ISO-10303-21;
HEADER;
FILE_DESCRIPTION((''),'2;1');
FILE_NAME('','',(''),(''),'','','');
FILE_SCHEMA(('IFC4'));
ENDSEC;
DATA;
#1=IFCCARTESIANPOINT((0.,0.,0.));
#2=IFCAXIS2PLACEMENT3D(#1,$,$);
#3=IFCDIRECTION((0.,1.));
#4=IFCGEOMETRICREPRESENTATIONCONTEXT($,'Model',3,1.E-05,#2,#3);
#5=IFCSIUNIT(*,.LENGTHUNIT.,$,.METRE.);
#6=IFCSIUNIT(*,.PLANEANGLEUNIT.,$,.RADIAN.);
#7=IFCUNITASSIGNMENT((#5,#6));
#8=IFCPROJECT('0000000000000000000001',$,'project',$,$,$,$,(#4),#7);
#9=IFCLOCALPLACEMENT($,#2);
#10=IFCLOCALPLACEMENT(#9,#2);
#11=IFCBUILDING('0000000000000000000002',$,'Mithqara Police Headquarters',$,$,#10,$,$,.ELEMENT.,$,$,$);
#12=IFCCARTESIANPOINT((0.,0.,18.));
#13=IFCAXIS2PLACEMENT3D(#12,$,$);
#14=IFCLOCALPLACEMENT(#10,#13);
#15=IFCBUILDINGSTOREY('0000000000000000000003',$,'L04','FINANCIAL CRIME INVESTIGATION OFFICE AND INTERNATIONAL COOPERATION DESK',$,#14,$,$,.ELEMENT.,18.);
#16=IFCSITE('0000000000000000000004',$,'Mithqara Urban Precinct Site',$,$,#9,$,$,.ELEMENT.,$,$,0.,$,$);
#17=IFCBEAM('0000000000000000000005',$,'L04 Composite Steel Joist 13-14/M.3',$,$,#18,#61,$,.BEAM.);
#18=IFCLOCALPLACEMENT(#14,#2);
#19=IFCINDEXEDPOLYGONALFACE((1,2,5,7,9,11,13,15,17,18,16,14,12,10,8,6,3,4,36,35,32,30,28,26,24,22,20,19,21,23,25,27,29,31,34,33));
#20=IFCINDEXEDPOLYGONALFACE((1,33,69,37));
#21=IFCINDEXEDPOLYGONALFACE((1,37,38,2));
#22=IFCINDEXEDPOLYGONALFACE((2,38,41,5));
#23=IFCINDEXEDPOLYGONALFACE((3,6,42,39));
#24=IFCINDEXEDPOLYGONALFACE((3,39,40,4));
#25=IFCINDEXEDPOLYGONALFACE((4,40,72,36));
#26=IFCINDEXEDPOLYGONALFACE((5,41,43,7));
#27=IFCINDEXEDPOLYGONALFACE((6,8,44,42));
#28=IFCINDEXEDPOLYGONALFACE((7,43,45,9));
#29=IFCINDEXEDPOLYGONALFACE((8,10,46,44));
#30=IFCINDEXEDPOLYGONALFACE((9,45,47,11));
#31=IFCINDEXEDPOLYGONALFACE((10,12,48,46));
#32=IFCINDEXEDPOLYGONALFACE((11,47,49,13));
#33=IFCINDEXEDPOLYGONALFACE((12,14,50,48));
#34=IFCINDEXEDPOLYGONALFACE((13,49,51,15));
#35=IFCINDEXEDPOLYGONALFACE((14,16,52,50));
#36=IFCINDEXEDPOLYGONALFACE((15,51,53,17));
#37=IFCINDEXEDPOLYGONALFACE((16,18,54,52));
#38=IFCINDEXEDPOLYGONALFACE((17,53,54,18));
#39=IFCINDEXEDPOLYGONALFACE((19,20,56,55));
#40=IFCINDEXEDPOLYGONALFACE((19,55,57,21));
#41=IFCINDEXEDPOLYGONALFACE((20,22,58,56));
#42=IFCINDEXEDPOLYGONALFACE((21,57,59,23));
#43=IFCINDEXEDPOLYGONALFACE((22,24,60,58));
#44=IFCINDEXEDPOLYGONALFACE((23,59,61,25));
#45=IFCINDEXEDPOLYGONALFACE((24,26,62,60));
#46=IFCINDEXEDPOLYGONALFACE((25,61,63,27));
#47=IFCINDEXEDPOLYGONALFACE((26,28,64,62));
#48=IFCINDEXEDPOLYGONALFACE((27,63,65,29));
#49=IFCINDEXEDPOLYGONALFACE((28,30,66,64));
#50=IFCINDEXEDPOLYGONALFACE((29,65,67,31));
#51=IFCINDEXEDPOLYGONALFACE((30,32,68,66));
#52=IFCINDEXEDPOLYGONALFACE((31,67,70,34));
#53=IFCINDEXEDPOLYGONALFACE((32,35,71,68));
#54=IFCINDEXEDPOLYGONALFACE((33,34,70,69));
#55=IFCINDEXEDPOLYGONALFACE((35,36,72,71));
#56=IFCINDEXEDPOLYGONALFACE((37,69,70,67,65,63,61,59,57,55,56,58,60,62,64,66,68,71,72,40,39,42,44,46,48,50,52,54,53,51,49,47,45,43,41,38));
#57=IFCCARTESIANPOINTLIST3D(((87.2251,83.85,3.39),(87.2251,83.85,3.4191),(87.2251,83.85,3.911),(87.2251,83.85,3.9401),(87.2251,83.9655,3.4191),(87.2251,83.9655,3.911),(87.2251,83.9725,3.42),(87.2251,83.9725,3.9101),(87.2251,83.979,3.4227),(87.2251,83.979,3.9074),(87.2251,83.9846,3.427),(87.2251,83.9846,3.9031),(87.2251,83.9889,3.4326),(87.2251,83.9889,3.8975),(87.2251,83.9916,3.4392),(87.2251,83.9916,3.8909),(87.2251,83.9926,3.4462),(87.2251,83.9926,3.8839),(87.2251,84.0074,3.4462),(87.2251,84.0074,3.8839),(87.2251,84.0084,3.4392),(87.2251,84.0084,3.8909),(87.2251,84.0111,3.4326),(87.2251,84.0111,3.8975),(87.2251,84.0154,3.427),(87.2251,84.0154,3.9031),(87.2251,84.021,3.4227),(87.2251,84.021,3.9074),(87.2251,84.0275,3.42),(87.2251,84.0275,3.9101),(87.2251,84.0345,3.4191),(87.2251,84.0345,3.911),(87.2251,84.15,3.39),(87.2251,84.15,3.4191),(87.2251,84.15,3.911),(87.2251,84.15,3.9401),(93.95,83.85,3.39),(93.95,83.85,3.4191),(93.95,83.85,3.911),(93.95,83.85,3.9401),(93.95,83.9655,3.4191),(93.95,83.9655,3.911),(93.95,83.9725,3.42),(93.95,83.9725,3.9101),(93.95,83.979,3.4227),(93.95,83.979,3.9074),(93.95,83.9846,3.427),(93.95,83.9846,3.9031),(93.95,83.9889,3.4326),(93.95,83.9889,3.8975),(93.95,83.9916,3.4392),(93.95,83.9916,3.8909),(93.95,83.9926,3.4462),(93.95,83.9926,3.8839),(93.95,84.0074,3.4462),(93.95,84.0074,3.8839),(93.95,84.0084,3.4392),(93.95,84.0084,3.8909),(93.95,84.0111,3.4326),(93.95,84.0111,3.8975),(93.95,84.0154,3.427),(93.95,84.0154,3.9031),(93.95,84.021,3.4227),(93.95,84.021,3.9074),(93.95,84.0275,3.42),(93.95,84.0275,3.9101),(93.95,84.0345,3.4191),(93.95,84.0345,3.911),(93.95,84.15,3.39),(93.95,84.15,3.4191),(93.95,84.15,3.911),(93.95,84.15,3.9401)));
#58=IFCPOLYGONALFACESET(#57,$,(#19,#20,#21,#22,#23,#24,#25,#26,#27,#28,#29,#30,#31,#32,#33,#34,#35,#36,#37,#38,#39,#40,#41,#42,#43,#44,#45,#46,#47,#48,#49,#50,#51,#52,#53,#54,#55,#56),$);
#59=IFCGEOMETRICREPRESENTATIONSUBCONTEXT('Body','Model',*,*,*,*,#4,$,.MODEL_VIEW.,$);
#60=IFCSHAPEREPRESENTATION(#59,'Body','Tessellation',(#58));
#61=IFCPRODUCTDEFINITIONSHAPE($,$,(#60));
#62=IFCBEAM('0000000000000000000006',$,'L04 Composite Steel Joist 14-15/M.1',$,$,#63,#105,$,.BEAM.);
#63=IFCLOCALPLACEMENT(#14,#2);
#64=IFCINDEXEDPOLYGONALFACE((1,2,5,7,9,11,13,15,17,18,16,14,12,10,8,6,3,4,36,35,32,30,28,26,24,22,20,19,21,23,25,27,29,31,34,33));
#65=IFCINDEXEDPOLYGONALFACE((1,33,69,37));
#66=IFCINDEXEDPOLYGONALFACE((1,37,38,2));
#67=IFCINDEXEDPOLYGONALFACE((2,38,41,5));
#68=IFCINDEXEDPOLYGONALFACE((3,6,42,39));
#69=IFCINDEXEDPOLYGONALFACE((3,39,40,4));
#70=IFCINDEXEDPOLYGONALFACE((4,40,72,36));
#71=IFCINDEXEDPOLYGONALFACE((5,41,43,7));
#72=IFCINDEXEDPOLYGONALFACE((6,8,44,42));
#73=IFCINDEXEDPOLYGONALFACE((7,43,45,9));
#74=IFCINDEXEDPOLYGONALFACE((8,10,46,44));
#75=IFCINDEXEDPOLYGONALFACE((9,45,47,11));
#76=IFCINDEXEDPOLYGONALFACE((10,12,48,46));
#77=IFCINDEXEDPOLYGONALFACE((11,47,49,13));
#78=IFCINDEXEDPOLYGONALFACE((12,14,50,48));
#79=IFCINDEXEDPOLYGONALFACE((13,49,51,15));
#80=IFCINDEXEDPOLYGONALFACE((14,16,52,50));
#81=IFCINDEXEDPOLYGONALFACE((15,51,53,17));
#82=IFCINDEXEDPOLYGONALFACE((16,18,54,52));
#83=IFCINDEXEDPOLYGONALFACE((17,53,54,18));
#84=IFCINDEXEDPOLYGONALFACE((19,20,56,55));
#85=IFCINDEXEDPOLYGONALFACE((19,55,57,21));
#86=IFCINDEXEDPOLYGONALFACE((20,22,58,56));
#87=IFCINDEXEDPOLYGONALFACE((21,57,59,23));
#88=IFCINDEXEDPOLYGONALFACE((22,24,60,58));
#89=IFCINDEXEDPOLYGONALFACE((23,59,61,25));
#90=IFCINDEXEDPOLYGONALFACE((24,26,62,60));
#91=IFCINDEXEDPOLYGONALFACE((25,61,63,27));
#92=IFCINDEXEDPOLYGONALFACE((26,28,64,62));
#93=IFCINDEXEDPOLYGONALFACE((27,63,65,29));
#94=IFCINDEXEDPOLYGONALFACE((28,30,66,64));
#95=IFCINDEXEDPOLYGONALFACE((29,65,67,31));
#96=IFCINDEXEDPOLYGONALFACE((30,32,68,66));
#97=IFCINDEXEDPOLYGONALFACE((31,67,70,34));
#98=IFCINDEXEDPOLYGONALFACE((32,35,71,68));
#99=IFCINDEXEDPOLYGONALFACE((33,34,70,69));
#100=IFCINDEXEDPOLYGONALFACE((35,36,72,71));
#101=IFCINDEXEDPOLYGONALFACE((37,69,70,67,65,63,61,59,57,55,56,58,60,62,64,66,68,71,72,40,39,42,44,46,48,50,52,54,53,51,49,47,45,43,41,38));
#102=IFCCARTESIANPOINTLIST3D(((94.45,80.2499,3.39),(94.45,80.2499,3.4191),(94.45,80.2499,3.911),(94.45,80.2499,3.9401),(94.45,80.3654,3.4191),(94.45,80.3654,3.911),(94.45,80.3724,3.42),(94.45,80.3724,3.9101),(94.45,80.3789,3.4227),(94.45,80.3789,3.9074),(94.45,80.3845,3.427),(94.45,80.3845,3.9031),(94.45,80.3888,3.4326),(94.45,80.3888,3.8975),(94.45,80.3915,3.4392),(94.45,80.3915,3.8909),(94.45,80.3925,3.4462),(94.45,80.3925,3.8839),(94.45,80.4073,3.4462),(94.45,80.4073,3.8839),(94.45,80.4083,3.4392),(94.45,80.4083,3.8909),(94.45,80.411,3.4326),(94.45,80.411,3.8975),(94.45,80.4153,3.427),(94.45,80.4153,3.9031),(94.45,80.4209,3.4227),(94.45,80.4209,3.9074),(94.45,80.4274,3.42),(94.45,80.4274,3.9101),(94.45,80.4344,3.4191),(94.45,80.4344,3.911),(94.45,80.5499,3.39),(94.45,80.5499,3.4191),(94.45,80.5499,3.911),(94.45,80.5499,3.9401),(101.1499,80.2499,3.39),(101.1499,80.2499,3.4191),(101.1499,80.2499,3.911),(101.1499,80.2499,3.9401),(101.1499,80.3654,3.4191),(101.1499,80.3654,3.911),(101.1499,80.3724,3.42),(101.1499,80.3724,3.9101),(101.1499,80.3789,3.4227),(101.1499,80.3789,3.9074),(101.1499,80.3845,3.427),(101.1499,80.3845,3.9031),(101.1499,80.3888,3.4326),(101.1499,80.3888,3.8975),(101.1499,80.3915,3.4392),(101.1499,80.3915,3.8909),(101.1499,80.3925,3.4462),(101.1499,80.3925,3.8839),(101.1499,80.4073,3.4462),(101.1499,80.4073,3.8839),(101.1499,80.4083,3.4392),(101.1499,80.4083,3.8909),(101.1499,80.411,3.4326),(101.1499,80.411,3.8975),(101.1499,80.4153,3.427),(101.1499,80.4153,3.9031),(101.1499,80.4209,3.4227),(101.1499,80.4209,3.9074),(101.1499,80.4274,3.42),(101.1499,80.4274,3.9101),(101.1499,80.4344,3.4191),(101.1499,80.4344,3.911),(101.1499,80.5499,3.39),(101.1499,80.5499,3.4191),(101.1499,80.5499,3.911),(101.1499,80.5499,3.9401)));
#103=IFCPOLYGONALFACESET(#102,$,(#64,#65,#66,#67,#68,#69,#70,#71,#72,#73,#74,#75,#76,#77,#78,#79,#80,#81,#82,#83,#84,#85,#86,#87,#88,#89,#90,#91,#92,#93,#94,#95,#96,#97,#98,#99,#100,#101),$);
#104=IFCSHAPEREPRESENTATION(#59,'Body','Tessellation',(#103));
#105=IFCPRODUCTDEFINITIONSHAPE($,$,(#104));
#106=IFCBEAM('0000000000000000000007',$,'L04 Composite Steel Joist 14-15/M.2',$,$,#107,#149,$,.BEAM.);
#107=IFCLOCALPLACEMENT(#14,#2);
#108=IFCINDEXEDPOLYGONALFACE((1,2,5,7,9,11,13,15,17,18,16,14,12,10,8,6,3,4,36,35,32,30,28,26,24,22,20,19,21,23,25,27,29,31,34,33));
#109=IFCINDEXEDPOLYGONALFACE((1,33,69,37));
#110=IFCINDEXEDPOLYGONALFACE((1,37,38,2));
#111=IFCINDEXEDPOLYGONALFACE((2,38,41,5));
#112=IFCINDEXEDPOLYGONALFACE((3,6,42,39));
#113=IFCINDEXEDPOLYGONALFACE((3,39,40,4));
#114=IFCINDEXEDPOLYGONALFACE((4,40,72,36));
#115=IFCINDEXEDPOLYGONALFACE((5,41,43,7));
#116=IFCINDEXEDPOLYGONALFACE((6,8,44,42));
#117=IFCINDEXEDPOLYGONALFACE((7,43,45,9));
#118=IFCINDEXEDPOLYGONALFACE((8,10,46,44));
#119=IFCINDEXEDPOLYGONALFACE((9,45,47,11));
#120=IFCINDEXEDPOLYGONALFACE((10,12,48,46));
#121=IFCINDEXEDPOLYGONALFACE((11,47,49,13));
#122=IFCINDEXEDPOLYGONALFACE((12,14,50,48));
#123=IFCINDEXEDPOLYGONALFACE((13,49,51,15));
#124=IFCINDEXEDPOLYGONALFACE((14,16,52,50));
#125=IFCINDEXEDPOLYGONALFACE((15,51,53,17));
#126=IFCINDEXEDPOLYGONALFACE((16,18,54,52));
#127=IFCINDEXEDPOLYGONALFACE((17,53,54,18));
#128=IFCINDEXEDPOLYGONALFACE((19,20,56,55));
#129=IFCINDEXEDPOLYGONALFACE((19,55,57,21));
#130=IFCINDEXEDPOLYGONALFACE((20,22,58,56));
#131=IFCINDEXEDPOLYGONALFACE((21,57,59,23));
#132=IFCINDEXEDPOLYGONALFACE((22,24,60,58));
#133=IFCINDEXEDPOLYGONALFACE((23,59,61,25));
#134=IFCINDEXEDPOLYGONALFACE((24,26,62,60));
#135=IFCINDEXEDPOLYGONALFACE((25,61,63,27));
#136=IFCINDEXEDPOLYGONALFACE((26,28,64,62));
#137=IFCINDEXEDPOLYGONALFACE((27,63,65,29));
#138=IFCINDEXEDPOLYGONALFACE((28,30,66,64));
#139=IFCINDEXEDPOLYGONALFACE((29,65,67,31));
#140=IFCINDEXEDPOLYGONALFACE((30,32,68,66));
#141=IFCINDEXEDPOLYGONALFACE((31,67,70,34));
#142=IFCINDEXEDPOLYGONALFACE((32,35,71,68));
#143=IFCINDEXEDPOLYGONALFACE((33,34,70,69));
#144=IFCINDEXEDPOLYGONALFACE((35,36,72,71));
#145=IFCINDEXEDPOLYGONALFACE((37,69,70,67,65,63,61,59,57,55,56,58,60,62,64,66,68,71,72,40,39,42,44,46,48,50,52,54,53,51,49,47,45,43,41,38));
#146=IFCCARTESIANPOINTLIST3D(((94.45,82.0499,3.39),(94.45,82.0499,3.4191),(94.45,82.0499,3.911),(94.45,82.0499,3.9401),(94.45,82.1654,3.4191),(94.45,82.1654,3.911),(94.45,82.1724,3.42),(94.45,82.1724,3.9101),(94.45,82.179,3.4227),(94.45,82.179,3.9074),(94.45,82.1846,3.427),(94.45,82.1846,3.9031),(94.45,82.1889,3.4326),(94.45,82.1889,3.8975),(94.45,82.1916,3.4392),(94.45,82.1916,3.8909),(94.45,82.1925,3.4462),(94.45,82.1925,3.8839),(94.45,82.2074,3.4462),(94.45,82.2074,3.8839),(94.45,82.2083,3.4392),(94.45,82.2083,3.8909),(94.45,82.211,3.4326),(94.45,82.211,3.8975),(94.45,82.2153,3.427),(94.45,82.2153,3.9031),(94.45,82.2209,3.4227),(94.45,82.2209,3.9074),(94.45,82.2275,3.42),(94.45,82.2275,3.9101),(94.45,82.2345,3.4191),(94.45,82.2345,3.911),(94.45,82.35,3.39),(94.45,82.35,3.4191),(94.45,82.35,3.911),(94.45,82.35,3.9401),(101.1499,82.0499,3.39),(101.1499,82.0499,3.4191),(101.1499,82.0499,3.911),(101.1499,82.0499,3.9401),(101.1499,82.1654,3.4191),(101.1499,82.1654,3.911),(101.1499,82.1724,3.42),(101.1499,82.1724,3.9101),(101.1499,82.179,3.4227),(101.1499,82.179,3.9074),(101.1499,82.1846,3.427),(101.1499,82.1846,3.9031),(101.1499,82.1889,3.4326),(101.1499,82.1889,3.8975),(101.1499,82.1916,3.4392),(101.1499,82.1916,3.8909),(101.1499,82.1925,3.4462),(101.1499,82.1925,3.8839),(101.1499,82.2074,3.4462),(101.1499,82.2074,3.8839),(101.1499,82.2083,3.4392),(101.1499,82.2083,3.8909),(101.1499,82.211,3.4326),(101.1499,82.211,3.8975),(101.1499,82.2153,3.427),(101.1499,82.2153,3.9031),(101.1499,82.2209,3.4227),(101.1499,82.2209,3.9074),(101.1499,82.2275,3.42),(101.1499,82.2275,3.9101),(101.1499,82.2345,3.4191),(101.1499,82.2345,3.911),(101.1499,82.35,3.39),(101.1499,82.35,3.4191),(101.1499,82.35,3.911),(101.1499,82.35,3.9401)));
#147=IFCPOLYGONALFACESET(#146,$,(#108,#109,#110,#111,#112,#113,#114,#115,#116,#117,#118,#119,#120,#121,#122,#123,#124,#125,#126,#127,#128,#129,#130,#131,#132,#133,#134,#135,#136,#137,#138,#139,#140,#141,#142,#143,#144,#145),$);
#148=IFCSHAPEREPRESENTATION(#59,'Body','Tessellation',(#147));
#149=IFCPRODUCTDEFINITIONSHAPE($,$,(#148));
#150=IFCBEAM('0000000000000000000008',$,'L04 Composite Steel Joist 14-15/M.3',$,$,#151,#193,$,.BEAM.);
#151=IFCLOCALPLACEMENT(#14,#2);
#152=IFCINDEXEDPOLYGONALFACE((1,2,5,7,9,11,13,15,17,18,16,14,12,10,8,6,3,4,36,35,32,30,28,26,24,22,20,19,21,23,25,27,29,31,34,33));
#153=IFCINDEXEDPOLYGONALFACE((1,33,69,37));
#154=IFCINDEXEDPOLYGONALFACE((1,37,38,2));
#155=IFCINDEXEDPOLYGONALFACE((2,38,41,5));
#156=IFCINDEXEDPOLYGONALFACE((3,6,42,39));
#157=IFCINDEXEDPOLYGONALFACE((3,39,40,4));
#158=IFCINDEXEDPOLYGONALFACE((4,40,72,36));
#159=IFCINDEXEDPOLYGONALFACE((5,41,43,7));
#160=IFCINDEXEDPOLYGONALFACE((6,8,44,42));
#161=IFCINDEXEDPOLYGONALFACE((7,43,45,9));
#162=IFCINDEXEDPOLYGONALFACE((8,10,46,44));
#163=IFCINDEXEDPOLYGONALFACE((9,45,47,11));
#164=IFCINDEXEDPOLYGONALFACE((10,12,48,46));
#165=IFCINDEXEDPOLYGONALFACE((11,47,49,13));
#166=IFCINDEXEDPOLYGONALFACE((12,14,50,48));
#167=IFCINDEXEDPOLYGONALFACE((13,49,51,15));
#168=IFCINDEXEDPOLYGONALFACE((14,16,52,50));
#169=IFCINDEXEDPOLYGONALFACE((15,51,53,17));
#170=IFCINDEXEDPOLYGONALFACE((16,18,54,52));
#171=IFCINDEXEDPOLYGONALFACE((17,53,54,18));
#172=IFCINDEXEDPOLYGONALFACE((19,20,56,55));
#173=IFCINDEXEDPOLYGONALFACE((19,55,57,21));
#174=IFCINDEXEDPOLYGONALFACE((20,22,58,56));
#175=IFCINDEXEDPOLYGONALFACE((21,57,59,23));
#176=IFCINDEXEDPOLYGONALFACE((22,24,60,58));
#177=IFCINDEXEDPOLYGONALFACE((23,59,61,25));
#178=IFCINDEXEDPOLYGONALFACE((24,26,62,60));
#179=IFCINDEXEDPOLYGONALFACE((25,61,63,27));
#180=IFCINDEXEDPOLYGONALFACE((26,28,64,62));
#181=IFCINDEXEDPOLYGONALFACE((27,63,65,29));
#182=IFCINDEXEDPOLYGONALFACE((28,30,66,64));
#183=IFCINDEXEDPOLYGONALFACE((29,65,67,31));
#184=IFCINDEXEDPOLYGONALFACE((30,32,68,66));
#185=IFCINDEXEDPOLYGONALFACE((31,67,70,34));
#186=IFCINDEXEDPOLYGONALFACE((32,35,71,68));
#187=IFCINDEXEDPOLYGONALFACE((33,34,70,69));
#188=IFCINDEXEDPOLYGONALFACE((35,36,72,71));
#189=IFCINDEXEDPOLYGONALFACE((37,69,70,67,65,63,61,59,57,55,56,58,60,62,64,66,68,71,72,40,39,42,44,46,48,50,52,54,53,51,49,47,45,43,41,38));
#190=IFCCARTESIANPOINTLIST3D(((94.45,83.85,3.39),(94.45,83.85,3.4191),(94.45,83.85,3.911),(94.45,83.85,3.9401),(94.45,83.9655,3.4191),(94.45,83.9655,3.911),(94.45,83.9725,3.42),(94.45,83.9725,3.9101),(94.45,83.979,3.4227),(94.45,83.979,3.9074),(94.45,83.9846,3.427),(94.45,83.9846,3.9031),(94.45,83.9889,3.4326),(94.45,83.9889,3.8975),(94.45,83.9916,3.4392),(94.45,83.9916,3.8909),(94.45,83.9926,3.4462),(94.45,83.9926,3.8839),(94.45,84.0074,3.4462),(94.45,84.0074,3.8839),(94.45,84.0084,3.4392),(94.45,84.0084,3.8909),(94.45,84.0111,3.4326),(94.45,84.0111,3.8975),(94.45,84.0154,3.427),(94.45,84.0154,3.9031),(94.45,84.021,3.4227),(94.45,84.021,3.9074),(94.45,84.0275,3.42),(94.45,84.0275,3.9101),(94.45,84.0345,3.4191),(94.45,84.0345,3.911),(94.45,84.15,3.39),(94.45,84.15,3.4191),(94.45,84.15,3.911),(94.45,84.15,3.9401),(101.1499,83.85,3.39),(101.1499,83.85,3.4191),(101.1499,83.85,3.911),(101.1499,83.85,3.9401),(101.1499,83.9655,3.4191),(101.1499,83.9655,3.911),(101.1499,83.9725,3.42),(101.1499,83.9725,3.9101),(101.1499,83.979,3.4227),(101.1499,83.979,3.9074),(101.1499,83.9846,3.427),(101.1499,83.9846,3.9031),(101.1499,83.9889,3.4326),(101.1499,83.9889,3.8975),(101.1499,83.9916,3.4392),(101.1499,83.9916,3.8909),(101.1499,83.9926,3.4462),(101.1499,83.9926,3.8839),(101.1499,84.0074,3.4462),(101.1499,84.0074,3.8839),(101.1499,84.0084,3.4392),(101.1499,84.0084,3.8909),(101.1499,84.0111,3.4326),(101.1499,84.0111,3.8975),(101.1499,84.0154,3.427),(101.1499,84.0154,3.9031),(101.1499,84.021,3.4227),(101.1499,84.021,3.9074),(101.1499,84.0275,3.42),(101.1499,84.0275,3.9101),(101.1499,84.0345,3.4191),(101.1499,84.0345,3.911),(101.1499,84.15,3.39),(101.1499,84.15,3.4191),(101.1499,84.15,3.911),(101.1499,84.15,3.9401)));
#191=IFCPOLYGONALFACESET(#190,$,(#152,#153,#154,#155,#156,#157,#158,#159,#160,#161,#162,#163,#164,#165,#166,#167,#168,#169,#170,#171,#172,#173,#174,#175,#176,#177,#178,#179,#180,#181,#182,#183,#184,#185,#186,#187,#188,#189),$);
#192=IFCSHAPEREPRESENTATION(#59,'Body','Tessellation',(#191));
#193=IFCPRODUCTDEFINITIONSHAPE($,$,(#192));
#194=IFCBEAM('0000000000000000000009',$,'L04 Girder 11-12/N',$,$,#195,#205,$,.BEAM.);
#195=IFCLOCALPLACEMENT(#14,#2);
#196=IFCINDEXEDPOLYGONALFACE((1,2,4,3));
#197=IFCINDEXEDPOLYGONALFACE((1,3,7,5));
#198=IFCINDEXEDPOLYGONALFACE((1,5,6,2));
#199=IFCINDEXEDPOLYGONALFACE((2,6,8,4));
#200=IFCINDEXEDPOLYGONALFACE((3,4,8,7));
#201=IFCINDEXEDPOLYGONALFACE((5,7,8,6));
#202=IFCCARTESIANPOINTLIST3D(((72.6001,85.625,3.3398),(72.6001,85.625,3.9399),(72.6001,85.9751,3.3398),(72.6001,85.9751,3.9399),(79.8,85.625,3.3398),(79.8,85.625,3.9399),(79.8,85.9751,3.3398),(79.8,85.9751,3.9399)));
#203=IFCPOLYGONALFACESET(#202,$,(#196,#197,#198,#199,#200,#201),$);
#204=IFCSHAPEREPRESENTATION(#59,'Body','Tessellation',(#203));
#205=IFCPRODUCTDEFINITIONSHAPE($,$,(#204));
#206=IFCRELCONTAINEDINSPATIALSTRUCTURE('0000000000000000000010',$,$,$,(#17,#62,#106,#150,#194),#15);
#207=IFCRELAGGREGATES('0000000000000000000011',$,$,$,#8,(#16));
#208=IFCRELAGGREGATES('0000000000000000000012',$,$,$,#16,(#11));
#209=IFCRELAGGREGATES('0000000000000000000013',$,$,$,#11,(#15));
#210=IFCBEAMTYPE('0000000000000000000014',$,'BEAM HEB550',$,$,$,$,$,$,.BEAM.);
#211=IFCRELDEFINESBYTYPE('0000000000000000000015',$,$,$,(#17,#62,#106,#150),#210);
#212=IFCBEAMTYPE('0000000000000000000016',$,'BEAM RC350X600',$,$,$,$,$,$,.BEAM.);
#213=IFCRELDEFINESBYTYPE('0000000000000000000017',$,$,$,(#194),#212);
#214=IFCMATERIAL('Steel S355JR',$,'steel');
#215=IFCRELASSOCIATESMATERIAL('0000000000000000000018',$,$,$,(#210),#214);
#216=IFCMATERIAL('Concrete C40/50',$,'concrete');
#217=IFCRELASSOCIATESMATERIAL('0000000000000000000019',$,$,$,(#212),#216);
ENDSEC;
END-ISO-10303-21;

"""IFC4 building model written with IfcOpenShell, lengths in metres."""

from ifc_helpers import new_model, si_unit, direction, frame, origin, origin_2d, place, context, subcontext, project, spatial, rectangle, i_section, extrude, material, material_profile, profile_set, type_object, element, save


model = new_model("IFC4")

# Units and contexts
model_context = context("Model", 3, precision=1e-05, world=origin(), true_north=direction((0.0, 1.0)))
body_context = subcontext(model_context, "Body", "Model", "MODEL_VIEW")
ifc_project = project(units=[si_unit("LENGTHUNIT", "METRE"), si_unit("PLANEANGLEUNIT", "RADIAN")], contexts=[model_context])

# Site, building, storey
site_placement = place(None, origin())
site = spatial("IfcSite", under=ifc_project, at=site_placement, Name="Mithqara Urban Precinct Site", CompositionType="ELEMENT", RefElevation=0.0)
building_placement = place(site_placement, origin())
building = spatial("IfcBuilding", under=site, at=building_placement, Name="Mithqara Police Headquarters", CompositionType="ELEMENT")
storey_placement = place(building_placement, frame((0.0, 0.0, 18.0)))
storey = spatial("IfcBuildingStorey", under=building, at=storey_placement, Name="L04", Description="FINANCIAL CRIME INVESTIGATION OFFICE AND INTERNATIONAL COOPERATION DESK", CompositionType="ELEMENT", Elevation=18.0)

# Beams
ifc_material_1 = material(Name="Steel S355JR", Category="steel")
ifc_material_profile_1 = material_profile(ifc_material_1, i_section(OverallWidth=0.3, OverallDepth=0.55, WebThickness=0.0149, FlangeThickness=0.0291, FilletRadius=0.0271, at=origin_2d()), Name="HEB 550")
ifc_profile_set_1 = profile_set([ifc_material_profile_1], Name="Steel S355JR")
beam_type_1 = type_object("IfcBeamType", Name="BEAM HEB550", PredefinedType="BEAM", material=ifc_profile_set_1)
for number, where, z_axis, x_axis, name in (
    (1, (87.2251, 84.0, 3.665), (1.0, 0.0, 0.0), (0.0, 1.0, 0.0), "L04 Composite Steel Joist 13-14/M.3"),
):
    element("IfcBeam", number, at=place(storey_placement, frame(where, z_axis=z_axis, x_axis=x_axis)), inside=storey, type_object=beam_type_1, Name=name, PredefinedType="BEAM", context=body_context, shape_type="SweptSolid", body=[
        extrude(i_section(OverallWidth=0.3, OverallDepth=0.55, WebThickness=0.0149, FlangeThickness=0.0291, FilletRadius=0.0271, at=origin_2d()), origin(), (0.0, 0.0, 1.0), 6.7249),
    ])
for number, where, z_axis, x_axis, name in (
    (2, (94.45, 80.3999, 3.665), (1.0, 0.0, 0.0), (0.0, 1.0, 0.0), "L04 Composite Steel Joist 14-15/M.1"),
    (3, (94.45, 82.2, 3.665), (1.0, 0.0, 0.0), (0.0, 1.0, 0.0), "L04 Composite Steel Joist 14-15/M.2"),
    (4, (94.45, 84.0, 3.665), (1.0, 0.0, 0.0), (0.0, 1.0, 0.0), "L04 Composite Steel Joist 14-15/M.3"),
):
    element("IfcBeam", number, at=place(storey_placement, frame(where, z_axis=z_axis, x_axis=x_axis)), inside=storey, type_object=beam_type_1, Name=name, PredefinedType="BEAM", context=body_context, shape_type="SweptSolid", body=[
        extrude(i_section(OverallWidth=0.3, OverallDepth=0.55, WebThickness=0.0149, FlangeThickness=0.0291, FilletRadius=0.0271, at=origin_2d()), origin(), (0.0, 0.0, 1.0), 6.7),
    ])
ifc_material_2 = material(Name="Concrete C40/50", Category="concrete")
ifc_material_profile_2 = material_profile(ifc_material_2, rectangle(XDim=0.3501, YDim=0.6001, at=origin_2d()), Name="RC 350x600")
ifc_profile_set_2 = profile_set([ifc_material_profile_2], Name="Concrete C40/50")
beam_type_2 = type_object("IfcBeamType", Name="BEAM RC350X600", PredefinedType="BEAM", material=ifc_profile_set_2)
beam_1_placement = place(storey_placement, frame((72.6001, 85.8, 3.6399), z_axis=(1.0, 0.0, 0.0), x_axis=(0.0, 1.0, 0.0)))
element("IfcBeam", 5, at=beam_1_placement, inside=storey, type_object=beam_type_2, Name="L04 Girder 11-12/N", PredefinedType="BEAM", context=body_context, shape_type="SweptSolid", body=[
    extrude(rectangle(XDim=0.3501, YDim=0.6001, at=origin_2d()), origin(), (0.0, 0.0, 1.0), 7.2),
])

save(model, "model.ifc")
